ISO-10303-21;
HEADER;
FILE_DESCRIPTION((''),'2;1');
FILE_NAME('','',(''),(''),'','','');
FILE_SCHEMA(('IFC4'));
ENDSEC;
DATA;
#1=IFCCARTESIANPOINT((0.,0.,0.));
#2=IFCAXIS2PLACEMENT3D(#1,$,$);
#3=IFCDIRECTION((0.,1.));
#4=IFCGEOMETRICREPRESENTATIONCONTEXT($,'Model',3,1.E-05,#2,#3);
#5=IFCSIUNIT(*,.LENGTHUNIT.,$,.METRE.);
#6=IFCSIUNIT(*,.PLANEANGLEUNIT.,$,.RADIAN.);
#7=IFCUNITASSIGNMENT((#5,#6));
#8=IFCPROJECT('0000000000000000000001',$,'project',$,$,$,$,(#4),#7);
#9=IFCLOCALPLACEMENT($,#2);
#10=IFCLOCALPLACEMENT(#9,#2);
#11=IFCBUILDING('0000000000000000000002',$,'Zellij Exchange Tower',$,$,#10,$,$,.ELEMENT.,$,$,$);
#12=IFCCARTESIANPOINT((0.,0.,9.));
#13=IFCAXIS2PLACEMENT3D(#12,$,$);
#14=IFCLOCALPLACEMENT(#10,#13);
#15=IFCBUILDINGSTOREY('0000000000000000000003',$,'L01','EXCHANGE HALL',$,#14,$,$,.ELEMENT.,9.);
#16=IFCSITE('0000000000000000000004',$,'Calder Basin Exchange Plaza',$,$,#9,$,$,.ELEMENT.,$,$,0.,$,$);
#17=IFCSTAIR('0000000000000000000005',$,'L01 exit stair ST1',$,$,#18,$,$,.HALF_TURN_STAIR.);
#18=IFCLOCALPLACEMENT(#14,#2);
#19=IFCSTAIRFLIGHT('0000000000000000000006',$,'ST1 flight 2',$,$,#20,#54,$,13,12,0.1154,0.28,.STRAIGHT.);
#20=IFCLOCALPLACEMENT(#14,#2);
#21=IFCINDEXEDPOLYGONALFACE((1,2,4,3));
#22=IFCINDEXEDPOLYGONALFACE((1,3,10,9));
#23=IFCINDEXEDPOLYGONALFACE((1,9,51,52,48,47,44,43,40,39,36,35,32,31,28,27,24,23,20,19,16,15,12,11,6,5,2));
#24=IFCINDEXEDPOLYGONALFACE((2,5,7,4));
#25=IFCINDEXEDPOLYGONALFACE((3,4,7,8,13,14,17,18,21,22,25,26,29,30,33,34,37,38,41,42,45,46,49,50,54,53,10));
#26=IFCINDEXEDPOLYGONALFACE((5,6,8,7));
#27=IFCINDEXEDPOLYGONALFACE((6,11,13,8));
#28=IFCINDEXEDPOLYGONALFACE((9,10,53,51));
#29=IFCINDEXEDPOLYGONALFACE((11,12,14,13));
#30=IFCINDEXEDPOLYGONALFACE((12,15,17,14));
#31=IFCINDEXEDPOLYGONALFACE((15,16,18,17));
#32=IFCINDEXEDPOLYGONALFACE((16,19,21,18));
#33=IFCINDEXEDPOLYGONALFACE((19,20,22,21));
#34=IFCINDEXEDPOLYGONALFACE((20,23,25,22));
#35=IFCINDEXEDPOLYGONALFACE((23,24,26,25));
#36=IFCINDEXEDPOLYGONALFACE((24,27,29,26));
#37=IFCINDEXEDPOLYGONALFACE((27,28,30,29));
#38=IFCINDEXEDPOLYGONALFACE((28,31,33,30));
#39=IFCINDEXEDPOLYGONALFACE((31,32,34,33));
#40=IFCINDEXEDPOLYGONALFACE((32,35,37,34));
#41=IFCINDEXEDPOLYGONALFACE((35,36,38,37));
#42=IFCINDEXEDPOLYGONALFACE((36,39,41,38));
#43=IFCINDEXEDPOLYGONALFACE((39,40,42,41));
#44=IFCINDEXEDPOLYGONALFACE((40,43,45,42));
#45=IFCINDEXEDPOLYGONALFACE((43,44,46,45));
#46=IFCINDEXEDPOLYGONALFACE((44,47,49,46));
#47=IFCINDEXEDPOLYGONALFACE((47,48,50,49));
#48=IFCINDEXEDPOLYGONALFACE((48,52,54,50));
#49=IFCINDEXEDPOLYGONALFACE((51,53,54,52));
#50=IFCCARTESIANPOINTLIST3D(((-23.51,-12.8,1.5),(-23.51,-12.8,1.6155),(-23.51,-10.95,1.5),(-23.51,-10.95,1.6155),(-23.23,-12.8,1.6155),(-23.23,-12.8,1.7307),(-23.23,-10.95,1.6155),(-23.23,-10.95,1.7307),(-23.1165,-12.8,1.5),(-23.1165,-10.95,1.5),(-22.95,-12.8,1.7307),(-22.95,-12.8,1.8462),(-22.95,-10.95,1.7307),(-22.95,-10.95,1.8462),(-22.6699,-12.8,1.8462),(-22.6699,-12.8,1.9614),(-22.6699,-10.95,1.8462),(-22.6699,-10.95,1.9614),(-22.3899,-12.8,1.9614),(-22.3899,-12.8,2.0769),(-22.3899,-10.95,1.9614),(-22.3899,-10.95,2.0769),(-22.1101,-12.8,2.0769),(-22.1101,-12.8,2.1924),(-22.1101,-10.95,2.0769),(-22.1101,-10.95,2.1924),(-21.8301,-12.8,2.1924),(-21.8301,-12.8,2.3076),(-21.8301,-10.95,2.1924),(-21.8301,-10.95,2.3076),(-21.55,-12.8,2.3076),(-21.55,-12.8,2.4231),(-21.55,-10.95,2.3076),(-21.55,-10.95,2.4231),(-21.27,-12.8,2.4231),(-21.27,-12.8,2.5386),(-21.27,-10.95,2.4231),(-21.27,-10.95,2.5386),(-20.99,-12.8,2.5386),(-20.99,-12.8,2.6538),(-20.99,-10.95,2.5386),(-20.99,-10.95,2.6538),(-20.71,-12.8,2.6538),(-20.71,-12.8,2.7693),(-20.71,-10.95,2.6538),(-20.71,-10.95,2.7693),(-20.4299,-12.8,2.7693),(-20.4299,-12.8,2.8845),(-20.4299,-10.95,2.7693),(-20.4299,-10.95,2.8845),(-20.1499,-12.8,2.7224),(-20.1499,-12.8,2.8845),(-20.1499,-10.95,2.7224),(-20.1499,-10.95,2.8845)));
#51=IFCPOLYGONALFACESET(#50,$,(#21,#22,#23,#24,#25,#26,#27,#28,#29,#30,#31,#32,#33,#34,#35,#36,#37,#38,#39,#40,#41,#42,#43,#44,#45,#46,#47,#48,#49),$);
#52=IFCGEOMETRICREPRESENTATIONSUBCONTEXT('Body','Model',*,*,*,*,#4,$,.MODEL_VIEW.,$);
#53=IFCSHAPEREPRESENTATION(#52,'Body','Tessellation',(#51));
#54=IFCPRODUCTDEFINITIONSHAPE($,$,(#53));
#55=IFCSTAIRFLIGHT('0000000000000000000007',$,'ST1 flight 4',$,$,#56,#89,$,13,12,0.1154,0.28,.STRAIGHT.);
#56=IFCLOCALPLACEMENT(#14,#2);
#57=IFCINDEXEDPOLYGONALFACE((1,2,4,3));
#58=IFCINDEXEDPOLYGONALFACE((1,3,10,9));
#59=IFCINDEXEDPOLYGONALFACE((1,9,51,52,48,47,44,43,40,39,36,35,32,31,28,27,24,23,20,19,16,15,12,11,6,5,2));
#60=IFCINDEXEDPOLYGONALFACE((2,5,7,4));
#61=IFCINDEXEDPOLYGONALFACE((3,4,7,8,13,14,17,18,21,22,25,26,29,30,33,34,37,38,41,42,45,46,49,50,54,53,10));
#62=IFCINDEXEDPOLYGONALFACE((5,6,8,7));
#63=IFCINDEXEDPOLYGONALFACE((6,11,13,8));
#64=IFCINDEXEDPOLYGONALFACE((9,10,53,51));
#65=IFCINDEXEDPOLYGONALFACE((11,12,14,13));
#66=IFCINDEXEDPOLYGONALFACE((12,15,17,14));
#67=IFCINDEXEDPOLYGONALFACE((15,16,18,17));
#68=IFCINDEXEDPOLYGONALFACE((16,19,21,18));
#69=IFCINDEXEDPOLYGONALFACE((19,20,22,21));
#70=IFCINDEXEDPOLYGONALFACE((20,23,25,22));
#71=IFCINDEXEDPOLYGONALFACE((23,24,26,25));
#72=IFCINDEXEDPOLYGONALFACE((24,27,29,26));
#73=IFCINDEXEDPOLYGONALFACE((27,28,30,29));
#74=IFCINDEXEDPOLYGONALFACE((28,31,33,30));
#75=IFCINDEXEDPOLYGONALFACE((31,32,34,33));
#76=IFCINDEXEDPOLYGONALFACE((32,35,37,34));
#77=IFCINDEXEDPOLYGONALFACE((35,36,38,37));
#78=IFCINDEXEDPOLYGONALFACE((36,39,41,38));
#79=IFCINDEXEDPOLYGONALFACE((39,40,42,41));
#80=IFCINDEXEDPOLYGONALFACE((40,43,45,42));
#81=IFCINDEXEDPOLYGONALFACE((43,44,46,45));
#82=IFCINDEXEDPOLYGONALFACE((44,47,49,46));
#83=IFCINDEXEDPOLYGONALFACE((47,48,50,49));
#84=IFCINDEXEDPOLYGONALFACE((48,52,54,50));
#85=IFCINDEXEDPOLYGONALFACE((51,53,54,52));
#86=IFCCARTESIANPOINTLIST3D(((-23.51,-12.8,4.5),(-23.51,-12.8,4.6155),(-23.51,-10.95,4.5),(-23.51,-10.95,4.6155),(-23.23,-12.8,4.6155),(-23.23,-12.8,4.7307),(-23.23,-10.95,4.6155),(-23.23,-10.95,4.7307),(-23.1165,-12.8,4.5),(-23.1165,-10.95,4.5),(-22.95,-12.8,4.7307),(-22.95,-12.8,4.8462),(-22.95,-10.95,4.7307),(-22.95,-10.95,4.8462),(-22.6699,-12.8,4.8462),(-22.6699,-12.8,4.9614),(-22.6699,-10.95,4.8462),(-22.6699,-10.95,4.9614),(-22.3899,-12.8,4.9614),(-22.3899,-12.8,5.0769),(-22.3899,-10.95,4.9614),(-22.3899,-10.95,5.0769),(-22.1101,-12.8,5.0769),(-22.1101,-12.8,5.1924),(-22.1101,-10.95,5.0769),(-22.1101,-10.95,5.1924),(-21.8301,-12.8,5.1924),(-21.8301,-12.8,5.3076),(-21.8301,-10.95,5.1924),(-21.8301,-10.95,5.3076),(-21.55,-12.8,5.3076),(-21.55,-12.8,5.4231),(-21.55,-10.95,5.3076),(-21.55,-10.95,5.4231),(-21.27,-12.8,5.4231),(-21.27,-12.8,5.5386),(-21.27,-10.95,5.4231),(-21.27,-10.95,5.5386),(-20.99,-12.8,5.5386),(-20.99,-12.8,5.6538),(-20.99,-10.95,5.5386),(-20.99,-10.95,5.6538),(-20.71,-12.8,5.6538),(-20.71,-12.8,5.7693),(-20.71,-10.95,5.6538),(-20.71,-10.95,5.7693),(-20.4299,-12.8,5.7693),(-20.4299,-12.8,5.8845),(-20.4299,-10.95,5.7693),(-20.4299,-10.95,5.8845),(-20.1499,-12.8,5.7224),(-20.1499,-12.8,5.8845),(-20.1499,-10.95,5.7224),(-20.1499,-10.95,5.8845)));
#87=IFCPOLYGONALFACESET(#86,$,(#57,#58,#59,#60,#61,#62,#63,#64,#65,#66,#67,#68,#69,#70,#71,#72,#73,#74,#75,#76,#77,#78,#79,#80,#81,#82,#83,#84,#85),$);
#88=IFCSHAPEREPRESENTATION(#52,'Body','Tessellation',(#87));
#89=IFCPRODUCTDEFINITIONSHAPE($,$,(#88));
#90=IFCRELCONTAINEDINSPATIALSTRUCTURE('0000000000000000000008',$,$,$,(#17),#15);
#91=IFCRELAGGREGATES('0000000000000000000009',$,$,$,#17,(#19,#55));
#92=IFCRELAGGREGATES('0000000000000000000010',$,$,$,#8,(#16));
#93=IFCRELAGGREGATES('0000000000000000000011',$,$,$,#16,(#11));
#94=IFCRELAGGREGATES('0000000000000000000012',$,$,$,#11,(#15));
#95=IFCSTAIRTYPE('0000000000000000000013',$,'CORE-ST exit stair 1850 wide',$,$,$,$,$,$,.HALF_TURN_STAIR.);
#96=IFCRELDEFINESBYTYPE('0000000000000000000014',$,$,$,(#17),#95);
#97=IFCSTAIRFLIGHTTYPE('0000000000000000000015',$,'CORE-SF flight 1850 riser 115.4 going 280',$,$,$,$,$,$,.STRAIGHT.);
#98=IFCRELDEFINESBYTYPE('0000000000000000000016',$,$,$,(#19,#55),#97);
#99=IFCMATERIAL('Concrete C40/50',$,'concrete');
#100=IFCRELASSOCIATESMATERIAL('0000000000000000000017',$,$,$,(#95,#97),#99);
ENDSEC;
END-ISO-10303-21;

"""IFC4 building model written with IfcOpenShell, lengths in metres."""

from ifc_helpers import new_model, si_unit, direction, frame, origin, place, context, subcontext, project, spatial, polyline, outline, extrude, material, type_object, element, aggregate, save


model = new_model("IFC4")

# Units and contexts
model_context = context("Model", 3, precision=1e-05, world=origin(), true_north=direction((0.0, 1.0)))
body_context = subcontext(model_context, "Body", "Model", "MODEL_VIEW")
ifc_project = project(units=[si_unit("LENGTHUNIT", "METRE"), si_unit("PLANEANGLEUNIT", "RADIAN")], contexts=[model_context])

# Site, building, storey
site_placement = place(None, origin())
site = spatial("IfcSite", under=ifc_project, at=site_placement, Name="Calder Basin Exchange Plaza", CompositionType="ELEMENT", RefElevation=0.0)
building_placement = place(site_placement, origin())
building = spatial("IfcBuilding", under=site, at=building_placement, Name="Zellij Exchange Tower", CompositionType="ELEMENT")
storey_placement = place(building_placement, frame((0.0, 0.0, 9.0)))
storey = spatial("IfcBuildingStorey", under=building, at=storey_placement, Name="L01", Description="EXCHANGE HALL", CompositionType="ELEMENT", Elevation=9.0)

# Stair, stair flights
ifc_material_1 = material(Name="Concrete C40/50", Category="concrete")
stair_type = type_object("IfcStairType", Name="CORE-ST exit stair 1850 wide", PredefinedType="HALF_TURN_STAIR", material=ifc_material_1)
stair_placement = place(storey_placement, origin())
stair = element("IfcStair", 1, at=stair_placement, inside=storey, type_object=stair_type, Name="L01 exit stair ST1", PredefinedType="HALF_TURN_STAIR")
stair_flight_type = type_object("IfcStairFlightType", Name="CORE-SF flight 1850 riser 115.4 going 280", PredefinedType="STRAIGHT", material=ifc_material_1)
stair_flight_1_placement = place(storey_placement, frame((-23.51, -11.875, 1.5), z_axis=(0.0, 0.0, 1.0), x_axis=(1.0, 0.0, 0.0)))
stair_flight_1 = element("IfcStairFlight", 2, at=stair_flight_1_placement, type_object=stair_flight_type, Name="ST1 flight 2", NumberOfRisers=13, NumberOfTreads=12, PredefinedType="STRAIGHT", RiserHeight=0.1154, TreadLength=0.28, context=body_context, shape_type="SweptSolid", body=[
    extrude(outline(polyline([(0.0, 0.0), (0.0, 0.1155), (0.28, 0.1155), (0.28, 0.2307), (0.5601, 0.2307), (0.5601, 0.3462), (0.8401, 0.3462), (0.8401, 0.4614), (1.1201, 0.4614), (1.1201, 0.5769), (1.3999, 0.5769), (1.3999, 0.6924), (1.6799, 0.6924), (1.6799, 0.8076), (1.96, 0.8076), (1.96, 0.9231), (2.24, 0.9231), (2.24, 1.0386), (2.52, 1.0386), (2.52, 1.1538), (2.8, 1.1538), (2.8, 1.2693), (3.0801, 1.2693), (3.0801, 1.3845), (3.3601, 1.3845), (3.3601, 1.5), (3.3601, 1.2224), (0.3936, 0.0), (0.0, 0.0)])), frame((0.0, 0.925, 0.0), z_axis=(0.0, -1.0, 0.0), x_axis=(1.0, 0.0, 0.0)), (0.0, 0.0, 1.0), 1.8501),
])
stair_flight_2_placement = place(storey_placement, frame((-23.51, -11.875, 4.5), z_axis=(0.0, 0.0, 1.0), x_axis=(1.0, 0.0, 0.0)))
stair_flight_2 = element("IfcStairFlight", 3, at=stair_flight_2_placement, type_object=stair_flight_type, Name="ST1 flight 4", NumberOfRisers=13, NumberOfTreads=12, PredefinedType="STRAIGHT", RiserHeight=0.1154, TreadLength=0.28, context=body_context, shape_type="SweptSolid", body=[
    extrude(outline(polyline([(0.0, 0.0), (0.0, 0.1155), (0.28, 0.1155), (0.28, 0.2307), (0.5601, 0.2307), (0.5601, 0.3462), (0.8401, 0.3462), (0.8401, 0.4614), (1.1201, 0.4614), (1.1201, 0.5769), (1.3999, 0.5769), (1.3999, 0.6924), (1.6799, 0.6924), (1.6799, 0.8076), (1.96, 0.8076), (1.96, 0.9231), (2.24, 0.9231), (2.24, 1.0386), (2.52, 1.0386), (2.52, 1.1538), (2.8, 1.1538), (2.8, 1.2693), (3.0801, 1.2693), (3.0801, 1.3845), (3.3601, 1.3845), (3.3601, 1.5), (3.3601, 1.2224), (0.3936, 0.0), (0.0, 0.0)])), frame((0.0, 0.925, 0.0), z_axis=(0.0, -1.0, 0.0), x_axis=(1.0, 0.0, 0.0)), (0.0, 0.0, 1.0), 1.8501),
])
aggregate(stair, [stair_flight_1, stair_flight_2])

save(model, "model.ifc")
